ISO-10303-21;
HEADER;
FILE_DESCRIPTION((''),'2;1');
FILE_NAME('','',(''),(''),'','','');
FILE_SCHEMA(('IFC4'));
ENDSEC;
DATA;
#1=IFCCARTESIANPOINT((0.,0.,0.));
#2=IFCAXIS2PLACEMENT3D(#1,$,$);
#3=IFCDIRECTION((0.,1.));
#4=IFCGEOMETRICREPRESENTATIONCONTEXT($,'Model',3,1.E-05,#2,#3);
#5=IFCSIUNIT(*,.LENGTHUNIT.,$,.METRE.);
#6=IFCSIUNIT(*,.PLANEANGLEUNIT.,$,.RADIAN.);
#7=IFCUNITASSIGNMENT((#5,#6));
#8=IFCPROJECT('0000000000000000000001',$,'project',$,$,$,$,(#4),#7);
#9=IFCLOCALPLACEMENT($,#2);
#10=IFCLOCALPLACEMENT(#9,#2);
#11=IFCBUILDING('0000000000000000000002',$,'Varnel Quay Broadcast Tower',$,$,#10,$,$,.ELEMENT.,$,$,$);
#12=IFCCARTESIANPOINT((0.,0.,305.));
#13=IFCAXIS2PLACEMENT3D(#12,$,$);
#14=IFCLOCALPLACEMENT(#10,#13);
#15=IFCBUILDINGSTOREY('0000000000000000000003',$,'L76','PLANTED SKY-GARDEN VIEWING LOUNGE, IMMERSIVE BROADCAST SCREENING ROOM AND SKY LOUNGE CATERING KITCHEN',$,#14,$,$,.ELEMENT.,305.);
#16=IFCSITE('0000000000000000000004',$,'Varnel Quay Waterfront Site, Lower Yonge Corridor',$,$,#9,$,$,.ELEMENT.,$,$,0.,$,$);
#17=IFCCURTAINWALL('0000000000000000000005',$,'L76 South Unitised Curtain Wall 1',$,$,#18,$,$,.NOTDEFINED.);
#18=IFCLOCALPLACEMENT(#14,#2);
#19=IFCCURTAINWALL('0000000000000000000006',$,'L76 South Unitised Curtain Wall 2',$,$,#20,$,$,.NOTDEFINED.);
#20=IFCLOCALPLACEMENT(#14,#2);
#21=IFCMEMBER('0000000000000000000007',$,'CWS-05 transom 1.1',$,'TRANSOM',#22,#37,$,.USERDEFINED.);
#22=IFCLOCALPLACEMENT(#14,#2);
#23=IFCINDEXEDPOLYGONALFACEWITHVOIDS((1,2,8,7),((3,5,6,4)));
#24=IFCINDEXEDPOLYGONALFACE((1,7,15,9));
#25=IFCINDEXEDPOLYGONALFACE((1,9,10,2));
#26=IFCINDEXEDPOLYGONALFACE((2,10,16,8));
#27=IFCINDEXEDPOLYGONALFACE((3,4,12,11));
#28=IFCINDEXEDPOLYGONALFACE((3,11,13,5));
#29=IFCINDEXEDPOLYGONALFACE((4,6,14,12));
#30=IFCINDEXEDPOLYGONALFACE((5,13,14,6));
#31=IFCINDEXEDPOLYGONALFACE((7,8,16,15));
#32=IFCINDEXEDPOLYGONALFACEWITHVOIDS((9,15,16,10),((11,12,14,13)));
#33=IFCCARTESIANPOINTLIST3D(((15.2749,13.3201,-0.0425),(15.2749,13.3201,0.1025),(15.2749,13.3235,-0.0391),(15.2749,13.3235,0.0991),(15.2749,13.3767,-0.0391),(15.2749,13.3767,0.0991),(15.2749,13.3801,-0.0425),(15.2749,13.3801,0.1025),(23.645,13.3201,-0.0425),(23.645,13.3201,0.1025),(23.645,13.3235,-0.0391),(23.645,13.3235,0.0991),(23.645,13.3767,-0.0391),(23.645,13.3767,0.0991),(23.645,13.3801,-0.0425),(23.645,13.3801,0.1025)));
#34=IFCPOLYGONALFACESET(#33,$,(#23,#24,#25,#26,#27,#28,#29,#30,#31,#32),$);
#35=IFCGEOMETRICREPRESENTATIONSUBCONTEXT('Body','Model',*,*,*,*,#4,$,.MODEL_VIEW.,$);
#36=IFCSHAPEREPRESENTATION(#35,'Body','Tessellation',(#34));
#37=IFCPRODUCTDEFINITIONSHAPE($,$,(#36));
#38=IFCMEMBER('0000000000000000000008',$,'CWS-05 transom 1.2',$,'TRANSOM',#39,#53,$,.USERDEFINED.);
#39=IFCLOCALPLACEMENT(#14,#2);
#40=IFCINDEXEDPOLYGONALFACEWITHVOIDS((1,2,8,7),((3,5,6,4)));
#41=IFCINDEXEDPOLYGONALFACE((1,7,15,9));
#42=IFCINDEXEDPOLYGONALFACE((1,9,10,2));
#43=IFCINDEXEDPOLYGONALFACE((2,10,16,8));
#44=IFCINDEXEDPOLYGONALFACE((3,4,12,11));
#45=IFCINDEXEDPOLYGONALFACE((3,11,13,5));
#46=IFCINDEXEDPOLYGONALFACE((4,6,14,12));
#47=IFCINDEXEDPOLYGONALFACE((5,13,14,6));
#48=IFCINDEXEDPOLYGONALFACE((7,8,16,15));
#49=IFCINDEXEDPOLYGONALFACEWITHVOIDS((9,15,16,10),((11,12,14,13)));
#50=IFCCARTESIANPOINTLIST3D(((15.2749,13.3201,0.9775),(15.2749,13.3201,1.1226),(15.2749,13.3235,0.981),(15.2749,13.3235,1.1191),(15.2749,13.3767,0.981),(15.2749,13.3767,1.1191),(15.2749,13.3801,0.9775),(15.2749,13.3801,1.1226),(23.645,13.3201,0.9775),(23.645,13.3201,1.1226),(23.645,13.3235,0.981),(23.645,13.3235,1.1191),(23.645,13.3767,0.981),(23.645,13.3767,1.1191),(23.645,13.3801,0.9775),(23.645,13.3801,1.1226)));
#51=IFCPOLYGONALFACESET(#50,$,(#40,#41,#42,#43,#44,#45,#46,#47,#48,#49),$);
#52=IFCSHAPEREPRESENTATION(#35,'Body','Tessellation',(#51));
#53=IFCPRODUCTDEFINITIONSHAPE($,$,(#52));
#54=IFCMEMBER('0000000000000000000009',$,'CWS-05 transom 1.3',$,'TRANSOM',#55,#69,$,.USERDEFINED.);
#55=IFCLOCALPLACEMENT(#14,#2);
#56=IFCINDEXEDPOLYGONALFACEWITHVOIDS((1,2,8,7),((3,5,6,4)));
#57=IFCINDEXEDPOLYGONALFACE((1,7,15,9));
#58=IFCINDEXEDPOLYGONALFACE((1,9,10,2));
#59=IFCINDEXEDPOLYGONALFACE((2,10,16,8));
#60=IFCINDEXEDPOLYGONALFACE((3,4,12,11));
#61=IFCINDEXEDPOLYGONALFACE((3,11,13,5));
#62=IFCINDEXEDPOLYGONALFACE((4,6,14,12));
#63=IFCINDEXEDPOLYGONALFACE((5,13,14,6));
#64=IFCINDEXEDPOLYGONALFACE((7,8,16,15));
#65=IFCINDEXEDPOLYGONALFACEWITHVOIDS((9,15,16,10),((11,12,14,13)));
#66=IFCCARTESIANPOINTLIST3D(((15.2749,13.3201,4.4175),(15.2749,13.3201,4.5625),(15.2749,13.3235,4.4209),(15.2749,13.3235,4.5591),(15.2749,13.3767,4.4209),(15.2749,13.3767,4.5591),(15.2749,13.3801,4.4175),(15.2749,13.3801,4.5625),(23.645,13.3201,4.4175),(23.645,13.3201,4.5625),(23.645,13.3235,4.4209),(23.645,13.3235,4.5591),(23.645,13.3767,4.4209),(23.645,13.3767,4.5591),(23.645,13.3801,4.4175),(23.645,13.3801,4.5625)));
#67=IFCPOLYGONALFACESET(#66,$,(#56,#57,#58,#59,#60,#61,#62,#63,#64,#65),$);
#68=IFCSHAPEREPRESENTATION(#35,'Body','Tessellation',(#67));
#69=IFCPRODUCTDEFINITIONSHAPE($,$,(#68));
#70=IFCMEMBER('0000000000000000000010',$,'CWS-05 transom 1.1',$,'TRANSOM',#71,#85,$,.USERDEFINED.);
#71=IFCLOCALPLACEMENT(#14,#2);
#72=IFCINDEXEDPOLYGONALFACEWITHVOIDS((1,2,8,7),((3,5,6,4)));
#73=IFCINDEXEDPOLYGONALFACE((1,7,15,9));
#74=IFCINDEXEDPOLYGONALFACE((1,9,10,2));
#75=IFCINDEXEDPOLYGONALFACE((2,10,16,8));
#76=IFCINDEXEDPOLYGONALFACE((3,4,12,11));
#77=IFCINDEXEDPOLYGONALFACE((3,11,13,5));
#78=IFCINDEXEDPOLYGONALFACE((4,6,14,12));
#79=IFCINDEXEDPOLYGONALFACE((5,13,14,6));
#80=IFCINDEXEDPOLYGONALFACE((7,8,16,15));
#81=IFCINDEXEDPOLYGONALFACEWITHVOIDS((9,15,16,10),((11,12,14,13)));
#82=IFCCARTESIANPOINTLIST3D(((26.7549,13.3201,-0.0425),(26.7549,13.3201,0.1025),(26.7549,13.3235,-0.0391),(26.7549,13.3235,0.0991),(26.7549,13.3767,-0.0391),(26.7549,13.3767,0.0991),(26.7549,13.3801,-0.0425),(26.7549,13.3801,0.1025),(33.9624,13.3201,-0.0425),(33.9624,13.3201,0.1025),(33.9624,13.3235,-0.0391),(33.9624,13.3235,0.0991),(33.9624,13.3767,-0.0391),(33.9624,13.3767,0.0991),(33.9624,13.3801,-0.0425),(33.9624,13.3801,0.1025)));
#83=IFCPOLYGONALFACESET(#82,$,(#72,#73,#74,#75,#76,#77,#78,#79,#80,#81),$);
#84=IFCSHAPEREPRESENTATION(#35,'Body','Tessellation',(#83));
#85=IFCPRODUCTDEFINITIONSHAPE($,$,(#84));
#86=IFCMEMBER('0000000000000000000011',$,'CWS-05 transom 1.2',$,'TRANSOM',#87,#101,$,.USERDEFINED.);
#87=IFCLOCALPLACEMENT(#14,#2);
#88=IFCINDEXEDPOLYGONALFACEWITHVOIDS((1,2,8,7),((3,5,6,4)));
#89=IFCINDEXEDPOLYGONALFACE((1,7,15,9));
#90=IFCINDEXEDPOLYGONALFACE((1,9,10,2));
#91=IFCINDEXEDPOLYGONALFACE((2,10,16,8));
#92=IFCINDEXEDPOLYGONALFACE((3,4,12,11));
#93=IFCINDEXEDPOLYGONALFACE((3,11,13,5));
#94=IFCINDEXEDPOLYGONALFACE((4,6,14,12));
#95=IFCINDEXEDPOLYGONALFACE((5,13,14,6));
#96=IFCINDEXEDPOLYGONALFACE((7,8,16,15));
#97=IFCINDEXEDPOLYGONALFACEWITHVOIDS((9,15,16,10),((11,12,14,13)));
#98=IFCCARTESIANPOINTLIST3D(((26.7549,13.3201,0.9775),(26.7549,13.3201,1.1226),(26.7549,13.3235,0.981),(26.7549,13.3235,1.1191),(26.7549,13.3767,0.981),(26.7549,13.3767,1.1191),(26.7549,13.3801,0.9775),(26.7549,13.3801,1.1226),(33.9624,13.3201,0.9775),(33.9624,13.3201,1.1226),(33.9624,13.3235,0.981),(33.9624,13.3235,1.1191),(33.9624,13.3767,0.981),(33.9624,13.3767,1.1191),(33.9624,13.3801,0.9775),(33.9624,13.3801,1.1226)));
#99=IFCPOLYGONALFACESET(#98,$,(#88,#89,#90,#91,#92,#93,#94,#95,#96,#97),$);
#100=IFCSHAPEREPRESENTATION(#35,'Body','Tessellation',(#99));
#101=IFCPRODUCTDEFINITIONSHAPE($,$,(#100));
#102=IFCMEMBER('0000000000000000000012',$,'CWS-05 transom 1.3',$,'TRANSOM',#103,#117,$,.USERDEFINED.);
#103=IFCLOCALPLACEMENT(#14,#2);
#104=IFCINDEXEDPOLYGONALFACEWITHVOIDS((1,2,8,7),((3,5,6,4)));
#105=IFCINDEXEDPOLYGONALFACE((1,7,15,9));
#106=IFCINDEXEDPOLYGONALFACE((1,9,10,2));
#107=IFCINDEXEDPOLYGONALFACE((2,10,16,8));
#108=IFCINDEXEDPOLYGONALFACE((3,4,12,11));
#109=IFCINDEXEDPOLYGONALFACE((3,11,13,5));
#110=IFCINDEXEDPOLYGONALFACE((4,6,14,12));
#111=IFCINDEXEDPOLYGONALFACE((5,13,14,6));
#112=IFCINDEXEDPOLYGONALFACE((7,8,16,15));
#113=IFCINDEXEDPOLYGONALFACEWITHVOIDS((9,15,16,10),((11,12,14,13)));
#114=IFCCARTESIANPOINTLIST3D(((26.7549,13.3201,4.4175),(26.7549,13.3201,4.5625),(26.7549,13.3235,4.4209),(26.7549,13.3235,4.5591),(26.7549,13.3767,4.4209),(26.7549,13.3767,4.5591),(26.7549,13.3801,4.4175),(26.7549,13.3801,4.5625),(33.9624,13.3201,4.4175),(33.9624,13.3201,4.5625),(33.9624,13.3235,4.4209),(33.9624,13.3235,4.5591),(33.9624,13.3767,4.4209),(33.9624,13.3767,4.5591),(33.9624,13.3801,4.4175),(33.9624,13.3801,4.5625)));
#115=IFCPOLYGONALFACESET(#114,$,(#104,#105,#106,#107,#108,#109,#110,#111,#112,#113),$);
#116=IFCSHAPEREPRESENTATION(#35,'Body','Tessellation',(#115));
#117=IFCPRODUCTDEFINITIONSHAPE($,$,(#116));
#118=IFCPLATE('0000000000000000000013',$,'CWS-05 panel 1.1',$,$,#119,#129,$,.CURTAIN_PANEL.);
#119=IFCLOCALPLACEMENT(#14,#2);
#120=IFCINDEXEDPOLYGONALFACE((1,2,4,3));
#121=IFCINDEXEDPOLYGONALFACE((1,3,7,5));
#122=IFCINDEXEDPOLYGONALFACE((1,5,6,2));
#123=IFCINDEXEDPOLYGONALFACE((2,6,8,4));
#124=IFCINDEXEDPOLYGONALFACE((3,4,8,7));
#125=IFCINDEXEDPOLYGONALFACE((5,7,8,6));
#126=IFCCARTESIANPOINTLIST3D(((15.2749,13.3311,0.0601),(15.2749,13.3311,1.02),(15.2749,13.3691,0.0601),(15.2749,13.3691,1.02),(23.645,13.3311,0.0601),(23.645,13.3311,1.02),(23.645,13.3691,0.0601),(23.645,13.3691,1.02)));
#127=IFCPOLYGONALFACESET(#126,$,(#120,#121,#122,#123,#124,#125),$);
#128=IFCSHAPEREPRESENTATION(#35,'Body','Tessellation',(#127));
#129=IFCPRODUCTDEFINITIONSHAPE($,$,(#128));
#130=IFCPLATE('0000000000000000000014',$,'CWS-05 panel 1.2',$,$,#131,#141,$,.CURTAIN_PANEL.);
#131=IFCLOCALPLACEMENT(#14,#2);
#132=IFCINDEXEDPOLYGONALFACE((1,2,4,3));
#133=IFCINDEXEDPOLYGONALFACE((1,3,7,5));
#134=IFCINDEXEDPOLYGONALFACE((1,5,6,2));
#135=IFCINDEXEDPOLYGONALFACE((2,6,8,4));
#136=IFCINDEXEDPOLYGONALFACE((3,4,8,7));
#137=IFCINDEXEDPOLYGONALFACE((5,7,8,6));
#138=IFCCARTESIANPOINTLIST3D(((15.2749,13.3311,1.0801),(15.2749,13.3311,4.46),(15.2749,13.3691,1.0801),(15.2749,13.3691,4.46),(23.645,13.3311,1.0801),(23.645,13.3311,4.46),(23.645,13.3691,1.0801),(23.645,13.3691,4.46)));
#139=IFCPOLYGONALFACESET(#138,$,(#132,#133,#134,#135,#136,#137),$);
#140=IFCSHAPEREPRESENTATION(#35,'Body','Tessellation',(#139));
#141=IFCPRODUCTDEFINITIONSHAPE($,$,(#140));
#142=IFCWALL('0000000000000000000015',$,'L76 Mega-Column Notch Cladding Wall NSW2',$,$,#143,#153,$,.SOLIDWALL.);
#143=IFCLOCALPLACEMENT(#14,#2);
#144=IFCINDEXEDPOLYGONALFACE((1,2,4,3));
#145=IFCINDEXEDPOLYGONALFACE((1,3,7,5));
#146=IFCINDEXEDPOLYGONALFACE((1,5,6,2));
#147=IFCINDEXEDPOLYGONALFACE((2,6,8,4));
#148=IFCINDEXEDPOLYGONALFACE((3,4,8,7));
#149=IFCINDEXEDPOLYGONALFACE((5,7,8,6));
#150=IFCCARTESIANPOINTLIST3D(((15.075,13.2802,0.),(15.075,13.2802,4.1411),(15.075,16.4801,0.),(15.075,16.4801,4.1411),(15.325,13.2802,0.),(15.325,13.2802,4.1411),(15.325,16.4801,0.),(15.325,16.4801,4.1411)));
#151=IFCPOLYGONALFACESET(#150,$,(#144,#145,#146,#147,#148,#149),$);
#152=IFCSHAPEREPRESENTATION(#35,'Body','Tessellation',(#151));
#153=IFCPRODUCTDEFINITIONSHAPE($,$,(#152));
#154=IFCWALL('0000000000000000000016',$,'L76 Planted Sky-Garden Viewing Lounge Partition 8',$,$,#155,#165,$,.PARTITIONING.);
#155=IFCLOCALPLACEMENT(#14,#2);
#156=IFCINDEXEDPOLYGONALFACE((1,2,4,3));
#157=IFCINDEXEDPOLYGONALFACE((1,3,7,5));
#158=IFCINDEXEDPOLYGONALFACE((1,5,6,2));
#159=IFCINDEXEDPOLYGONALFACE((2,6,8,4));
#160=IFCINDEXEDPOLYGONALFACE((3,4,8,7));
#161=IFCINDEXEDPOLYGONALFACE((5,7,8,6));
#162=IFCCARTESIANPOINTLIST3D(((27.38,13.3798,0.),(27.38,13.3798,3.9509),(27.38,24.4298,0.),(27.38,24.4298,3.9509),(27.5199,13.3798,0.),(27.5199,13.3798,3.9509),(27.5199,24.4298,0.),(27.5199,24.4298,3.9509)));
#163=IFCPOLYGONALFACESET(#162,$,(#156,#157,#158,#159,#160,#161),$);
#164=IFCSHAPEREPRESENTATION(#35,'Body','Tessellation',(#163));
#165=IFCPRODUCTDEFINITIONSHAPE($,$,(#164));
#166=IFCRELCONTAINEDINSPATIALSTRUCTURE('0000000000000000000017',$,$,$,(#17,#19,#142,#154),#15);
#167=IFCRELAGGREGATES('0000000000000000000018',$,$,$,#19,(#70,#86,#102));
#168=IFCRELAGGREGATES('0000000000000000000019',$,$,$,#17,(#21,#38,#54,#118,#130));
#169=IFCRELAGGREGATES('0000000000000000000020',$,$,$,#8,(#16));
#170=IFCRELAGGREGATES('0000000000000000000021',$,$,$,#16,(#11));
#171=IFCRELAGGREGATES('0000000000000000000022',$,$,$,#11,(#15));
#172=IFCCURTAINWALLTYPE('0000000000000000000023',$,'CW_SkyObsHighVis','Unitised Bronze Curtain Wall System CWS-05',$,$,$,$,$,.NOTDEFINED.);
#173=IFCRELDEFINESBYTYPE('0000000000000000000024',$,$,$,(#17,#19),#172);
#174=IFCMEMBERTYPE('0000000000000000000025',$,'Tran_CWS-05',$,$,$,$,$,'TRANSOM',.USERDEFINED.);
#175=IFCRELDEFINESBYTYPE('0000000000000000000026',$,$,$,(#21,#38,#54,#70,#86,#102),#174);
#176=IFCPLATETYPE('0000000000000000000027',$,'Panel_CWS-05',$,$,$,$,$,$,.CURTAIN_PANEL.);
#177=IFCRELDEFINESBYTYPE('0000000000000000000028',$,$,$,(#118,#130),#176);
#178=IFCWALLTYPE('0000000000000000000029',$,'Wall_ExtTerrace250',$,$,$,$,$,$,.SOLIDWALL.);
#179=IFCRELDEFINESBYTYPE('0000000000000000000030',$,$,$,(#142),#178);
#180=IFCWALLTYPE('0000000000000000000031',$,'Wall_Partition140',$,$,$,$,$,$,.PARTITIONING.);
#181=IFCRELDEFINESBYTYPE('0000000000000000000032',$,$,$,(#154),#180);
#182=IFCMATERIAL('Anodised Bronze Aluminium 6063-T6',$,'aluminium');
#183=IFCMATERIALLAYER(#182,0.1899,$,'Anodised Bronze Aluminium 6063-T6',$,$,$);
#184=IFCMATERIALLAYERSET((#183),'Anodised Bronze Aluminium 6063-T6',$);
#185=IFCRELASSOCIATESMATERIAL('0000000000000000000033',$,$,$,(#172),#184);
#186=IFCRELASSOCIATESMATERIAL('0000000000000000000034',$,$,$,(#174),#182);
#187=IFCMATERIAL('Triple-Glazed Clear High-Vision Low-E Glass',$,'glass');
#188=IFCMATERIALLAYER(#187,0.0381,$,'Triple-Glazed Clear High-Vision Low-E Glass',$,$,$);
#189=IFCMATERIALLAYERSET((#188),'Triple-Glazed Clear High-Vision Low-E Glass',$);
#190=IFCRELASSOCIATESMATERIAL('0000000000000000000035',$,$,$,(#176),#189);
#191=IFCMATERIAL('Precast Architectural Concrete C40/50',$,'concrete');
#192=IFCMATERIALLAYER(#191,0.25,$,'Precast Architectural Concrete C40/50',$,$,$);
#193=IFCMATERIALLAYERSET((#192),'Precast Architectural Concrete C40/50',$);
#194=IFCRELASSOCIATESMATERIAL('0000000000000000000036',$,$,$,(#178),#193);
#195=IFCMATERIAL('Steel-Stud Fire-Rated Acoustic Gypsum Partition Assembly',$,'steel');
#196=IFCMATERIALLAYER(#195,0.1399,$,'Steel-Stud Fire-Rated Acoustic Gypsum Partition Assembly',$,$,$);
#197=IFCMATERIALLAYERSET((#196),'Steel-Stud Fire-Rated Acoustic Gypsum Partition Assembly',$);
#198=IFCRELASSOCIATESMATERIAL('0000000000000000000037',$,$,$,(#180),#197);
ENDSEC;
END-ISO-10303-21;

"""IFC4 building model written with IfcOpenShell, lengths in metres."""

from ifc_helpers import new_model, si_unit, direction, frame, frame_2d, origin, origin_2d, place, context, subcontext, project, spatial, rectangle, hollow_rectangle, extrude, source, transform, mapped, material, layer, layer_set, material_profile, profile_set, type_object, type_shapes, element, aggregate, save


model = new_model("IFC4")

# Units and contexts
model_context = context("Model", 3, precision=1e-05, world=origin(), true_north=direction((0.0, 1.0)))
body_context = subcontext(model_context, "Body", "Model", "MODEL_VIEW")
ifc_project = project(units=[si_unit("LENGTHUNIT", "METRE"), si_unit("PLANEANGLEUNIT", "RADIAN")], contexts=[model_context])

# Site, building, storey
site_placement = place(None, origin())
site = spatial("IfcSite", under=ifc_project, at=site_placement, Name="Varnel Quay Waterfront Site, Lower Yonge Corridor", CompositionType="ELEMENT", RefElevation=0.0)
building_placement = place(site_placement, origin())
building = spatial("IfcBuilding", under=site, at=building_placement, Name="Varnel Quay Broadcast Tower", CompositionType="ELEMENT")
storey_placement = place(building_placement, frame((0.0, 0.0, 305.0)))
storey = spatial("IfcBuildingStorey", under=building, at=storey_placement, Name="L76", Description="PLANTED SKY-GARDEN VIEWING LOUNGE, IMMERSIVE BROADCAST SCREENING ROOM AND SKY LOUNGE CATERING KITCHEN", CompositionType="ELEMENT", Elevation=305.0)

# Curtain wall
ifc_material_1 = material(Name="Anodised Bronze Aluminium 6063-T6", Category="aluminium")
ifc_layer_1 = layer(ifc_material_1, 0.1899, Name="Anodised Bronze Aluminium 6063-T6")
ifc_layer_set_1 = layer_set([ifc_layer_1], Name="Anodised Bronze Aluminium 6063-T6")
curtain_wall_type_1 = type_object("IfcCurtainWallType", Name="CW_SkyObsHighVis", Description="Unitised Bronze Curtain Wall System CWS-05", PredefinedType="NOTDEFINED", material=ifc_layer_set_1)
curtain_wall_1_placement = place(storey_placement, origin())
curtain_wall_1 = element("IfcCurtainWall", 1, at=curtain_wall_1_placement, inside=storey, type_object=curtain_wall_type_1, Name="L76 South Unitised Curtain Wall 1", PredefinedType="NOTDEFINED")

# Curtain wall
curtain_wall_2_placement = place(storey_placement, origin())
curtain_wall_2 = element("IfcCurtainWall", 2, at=curtain_wall_2_placement, inside=storey, type_object=curtain_wall_type_1, Name="L76 South Unitised Curtain Wall 2", PredefinedType="NOTDEFINED")

# Members
ifc_material_profile_1 = material_profile(ifc_material_1, hollow_rectangle(XDim=0.0601, YDim=0.145, WallThickness=0.0034, at=origin_2d()), Name="ALU60X145X3.5")
ifc_profile_set_1 = profile_set([ifc_material_profile_1], Name="Anodised Bronze Aluminium 6063-T6")
member_type_1 = type_object("IfcMemberType", Name="Tran_CWS-05", ElementType="TRANSOM", PredefinedType="USERDEFINED", material=ifc_profile_set_1)
shared_shape_1 = source(origin(), body_context, "Body", "SweptSolid", [
    extrude(hollow_rectangle(XDim=0.0601, YDim=0.145, WallThickness=0.0034, at=origin_2d()), origin(), (0.0, 0.0, 1.0), 8.3701),
])
member_1_placement = place(storey_placement, frame((15.2749, 13.3501, 0.03), z_axis=(1.0, 0.0, 0.0), x_axis=(0.0, 1.0, 0.0)))
member_1 = element("IfcMember", 3, at=member_1_placement, type_object=member_type_1, Name="CWS-05 transom 1.1", ObjectType="TRANSOM", PredefinedType="USERDEFINED", context=body_context, shape_type="MappedRepresentation", body=[
    mapped(shared_shape_1, transform((0.0, 0.0, 0.0), x_axis=(1.0, 0.0, 0.0), y_axis=(0.0, 1.0, 0.0), z_axis=(0.0, 0.0, 1.0), scale=1.0)),
])
member_2_placement = place(storey_placement, frame((15.2749, 13.3501, 1.05), z_axis=(1.0, 0.0, 0.0), x_axis=(0.0, 1.0, 0.0)))
member_2 = element("IfcMember", 4, at=member_2_placement, type_object=member_type_1, Name="CWS-05 transom 1.2", ObjectType="TRANSOM", PredefinedType="USERDEFINED", context=body_context, shape_type="MappedRepresentation", body=[
    mapped(shared_shape_1, transform((0.0, 0.0, 0.0), x_axis=(1.0, 0.0, 0.0), y_axis=(0.0, 1.0, 0.0), z_axis=(0.0, 0.0, 1.0), scale=1.0)),
])
member_3_placement = place(storey_placement, frame((15.2749, 13.3501, 4.49), z_axis=(1.0, 0.0, 0.0), x_axis=(0.0, 1.0, 0.0)))
member_3 = element("IfcMember", 5, at=member_3_placement, type_object=member_type_1, Name="CWS-05 transom 1.3", ObjectType="TRANSOM", PredefinedType="USERDEFINED", context=body_context, shape_type="MappedRepresentation", body=[
    mapped(shared_shape_1, transform((0.0, 0.0, 0.0), x_axis=(1.0, 0.0, 0.0), y_axis=(0.0, 1.0, 0.0), z_axis=(0.0, 0.0, 1.0), scale=1.0)),
])
shared_shape_2 = source(origin(), body_context, "Body", "SweptSolid", [
    extrude(hollow_rectangle(XDim=0.0601, YDim=0.145, WallThickness=0.0034, at=origin_2d()), origin(), (0.0, 0.0, 1.0), 7.2075),
])
type_shapes(member_type_1, [shared_shape_1, shared_shape_2])
member_4_placement = place(storey_placement, frame((26.7549, 13.3501, 0.03), z_axis=(1.0, 0.0, 0.0), x_axis=(0.0, 1.0, 0.0)))
member_4 = element("IfcMember", 6, at=member_4_placement, type_object=member_type_1, Name="CWS-05 transom 1.1", ObjectType="TRANSOM", PredefinedType="USERDEFINED", context=body_context, shape_type="MappedRepresentation", body=[
    mapped(shared_shape_2, transform((0.0, 0.0, 0.0), x_axis=(1.0, 0.0, 0.0), y_axis=(0.0, 1.0, 0.0), z_axis=(0.0, 0.0, 1.0), scale=1.0)),
])
member_5_placement = place(storey_placement, frame((26.7549, 13.3501, 1.05), z_axis=(1.0, 0.0, 0.0), x_axis=(0.0, 1.0, 0.0)))
member_5 = element("IfcMember", 7, at=member_5_placement, type_object=member_type_1, Name="CWS-05 transom 1.2", ObjectType="TRANSOM", PredefinedType="USERDEFINED", context=body_context, shape_type="MappedRepresentation", body=[
    mapped(shared_shape_2, transform((0.0, 0.0, 0.0), x_axis=(1.0, 0.0, 0.0), y_axis=(0.0, 1.0, 0.0), z_axis=(0.0, 0.0, 1.0), scale=1.0)),
])
member_6_placement = place(storey_placement, frame((26.7549, 13.3501, 4.49), z_axis=(1.0, 0.0, 0.0), x_axis=(0.0, 1.0, 0.0)))
member_6 = element("IfcMember", 8, at=member_6_placement, type_object=member_type_1, Name="CWS-05 transom 1.3", ObjectType="TRANSOM", PredefinedType="USERDEFINED", context=body_context, shape_type="MappedRepresentation", body=[
    mapped(shared_shape_2, transform((0.0, 0.0, 0.0), x_axis=(1.0, 0.0, 0.0), y_axis=(0.0, 1.0, 0.0), z_axis=(0.0, 0.0, 1.0), scale=1.0)),
])
aggregate(curtain_wall_2, [member_4, member_5, member_6])

# Plates
ifc_material_2 = material(Name="Triple-Glazed Clear High-Vision Low-E Glass", Category="glass")
ifc_layer_2 = layer(ifc_material_2, 0.0381, Name="Triple-Glazed Clear High-Vision Low-E Glass")
ifc_layer_set_2 = layer_set([ifc_layer_2], Name="Triple-Glazed Clear High-Vision Low-E Glass")
plate_type = type_object("IfcPlateType", Name="Panel_CWS-05", PredefinedType="CURTAIN_PANEL", material=ifc_layer_set_2)
shared_shape_3 = source(origin(), body_context, "Body", "SweptSolid", [
    extrude(rectangle(XDim=8.3701, YDim=0.0381, at=origin_2d()), origin(), (0.0, 0.0, 1.0), 0.96),
])
plate_1_placement = place(storey_placement, frame((19.46, 13.3501, 0.0601), z_axis=(0.0, 0.0, 1.0), x_axis=(1.0, 0.0, 0.0)))
plate_1 = element("IfcPlate", 9, at=plate_1_placement, type_object=plate_type, Name="CWS-05 panel 1.1", PredefinedType="CURTAIN_PANEL", context=body_context, shape_type="MappedRepresentation", body=[
    mapped(shared_shape_3, transform((0.0, 0.0, 0.0), x_axis=(1.0, 0.0, 0.0), y_axis=(0.0, 1.0, 0.0), z_axis=(0.0, 0.0, 1.0), scale=1.0)),
])
shared_shape_4 = source(origin(), body_context, "Body", "SweptSolid", [
    extrude(rectangle(XDim=8.3701, YDim=0.0381, at=origin_2d()), origin(), (0.0, 0.0, 1.0), 3.3799),
])
type_shapes(plate_type, [shared_shape_3, shared_shape_4])
plate_2_placement = place(storey_placement, frame((19.46, 13.3501, 1.0801), z_axis=(0.0, 0.0, 1.0), x_axis=(1.0, 0.0, 0.0)))
plate_2 = element("IfcPlate", 10, at=plate_2_placement, type_object=plate_type, Name="CWS-05 panel 1.2", PredefinedType="CURTAIN_PANEL", context=body_context, shape_type="MappedRepresentation", body=[
    mapped(shared_shape_4, transform((0.0, 0.0, 0.0), x_axis=(1.0, 0.0, 0.0), y_axis=(0.0, 1.0, 0.0), z_axis=(0.0, 0.0, 1.0), scale=1.0)),
])
aggregate(curtain_wall_1, [member_1, member_2, member_3, plate_1, plate_2])

# Shared definitions
ifc_material_3 = material(Name="Precast Architectural Concrete C40/50", Category="concrete")
ifc_layer_3 = layer(ifc_material_3, 0.25, Name="Precast Architectural Concrete C40/50")
ifc_layer_set_3 = layer_set([ifc_layer_3], Name="Precast Architectural Concrete C40/50")
wall_type_1 = type_object("IfcWallType", Name="Wall_ExtTerrace250", PredefinedType="SOLIDWALL", material=ifc_layer_set_3)

# Walls
wall_1_placement = place(storey_placement, frame((15.2, 13.28, 0.0), z_axis=(0.0, 0.0, 1.0), x_axis=(0.0, 1.0, 0.0)))
element("IfcWall", 11, at=wall_1_placement, inside=storey, type_object=wall_type_1, Name="L76 Mega-Column Notch Cladding Wall NSW2", PredefinedType="SOLIDWALL", context=body_context, shape_type="SweptSolid", body=[
    extrude(rectangle(XDim=3.2, YDim=0.25, at=frame_2d((1.6001, 0.0))), origin(), (0.0, 0.0, 1.0), 4.1411),
])
ifc_material_4 = material(Name="Steel-Stud Fire-Rated Acoustic Gypsum Partition Assembly", Category="steel")
ifc_layer_4 = layer(ifc_material_4, 0.1399, Name="Steel-Stud Fire-Rated Acoustic Gypsum Partition Assembly")
ifc_layer_set_4 = layer_set([ifc_layer_4], Name="Steel-Stud Fire-Rated Acoustic Gypsum Partition Assembly")
wall_type_2 = type_object("IfcWallType", Name="Wall_Partition140", PredefinedType="PARTITIONING", material=ifc_layer_set_4)
wall_2_placement = place(storey_placement, frame((27.45, 13.3799, 0.0), z_axis=(0.0, 0.0, 1.0), x_axis=(0.0, 1.0, 0.0)))
element("IfcWall", 12, at=wall_2_placement, inside=storey, type_object=wall_type_2, Name="L76 Planted Sky-Garden Viewing Lounge Partition 8", PredefinedType="PARTITIONING", context=body_context, shape_type="SweptSolid", body=[
    extrude(rectangle(XDim=11.05, YDim=0.1399, at=frame_2d((5.5249, 0.0))), origin(), (0.0, 0.0, 1.0), 3.9509),
])

save(model, "model.ifc")
